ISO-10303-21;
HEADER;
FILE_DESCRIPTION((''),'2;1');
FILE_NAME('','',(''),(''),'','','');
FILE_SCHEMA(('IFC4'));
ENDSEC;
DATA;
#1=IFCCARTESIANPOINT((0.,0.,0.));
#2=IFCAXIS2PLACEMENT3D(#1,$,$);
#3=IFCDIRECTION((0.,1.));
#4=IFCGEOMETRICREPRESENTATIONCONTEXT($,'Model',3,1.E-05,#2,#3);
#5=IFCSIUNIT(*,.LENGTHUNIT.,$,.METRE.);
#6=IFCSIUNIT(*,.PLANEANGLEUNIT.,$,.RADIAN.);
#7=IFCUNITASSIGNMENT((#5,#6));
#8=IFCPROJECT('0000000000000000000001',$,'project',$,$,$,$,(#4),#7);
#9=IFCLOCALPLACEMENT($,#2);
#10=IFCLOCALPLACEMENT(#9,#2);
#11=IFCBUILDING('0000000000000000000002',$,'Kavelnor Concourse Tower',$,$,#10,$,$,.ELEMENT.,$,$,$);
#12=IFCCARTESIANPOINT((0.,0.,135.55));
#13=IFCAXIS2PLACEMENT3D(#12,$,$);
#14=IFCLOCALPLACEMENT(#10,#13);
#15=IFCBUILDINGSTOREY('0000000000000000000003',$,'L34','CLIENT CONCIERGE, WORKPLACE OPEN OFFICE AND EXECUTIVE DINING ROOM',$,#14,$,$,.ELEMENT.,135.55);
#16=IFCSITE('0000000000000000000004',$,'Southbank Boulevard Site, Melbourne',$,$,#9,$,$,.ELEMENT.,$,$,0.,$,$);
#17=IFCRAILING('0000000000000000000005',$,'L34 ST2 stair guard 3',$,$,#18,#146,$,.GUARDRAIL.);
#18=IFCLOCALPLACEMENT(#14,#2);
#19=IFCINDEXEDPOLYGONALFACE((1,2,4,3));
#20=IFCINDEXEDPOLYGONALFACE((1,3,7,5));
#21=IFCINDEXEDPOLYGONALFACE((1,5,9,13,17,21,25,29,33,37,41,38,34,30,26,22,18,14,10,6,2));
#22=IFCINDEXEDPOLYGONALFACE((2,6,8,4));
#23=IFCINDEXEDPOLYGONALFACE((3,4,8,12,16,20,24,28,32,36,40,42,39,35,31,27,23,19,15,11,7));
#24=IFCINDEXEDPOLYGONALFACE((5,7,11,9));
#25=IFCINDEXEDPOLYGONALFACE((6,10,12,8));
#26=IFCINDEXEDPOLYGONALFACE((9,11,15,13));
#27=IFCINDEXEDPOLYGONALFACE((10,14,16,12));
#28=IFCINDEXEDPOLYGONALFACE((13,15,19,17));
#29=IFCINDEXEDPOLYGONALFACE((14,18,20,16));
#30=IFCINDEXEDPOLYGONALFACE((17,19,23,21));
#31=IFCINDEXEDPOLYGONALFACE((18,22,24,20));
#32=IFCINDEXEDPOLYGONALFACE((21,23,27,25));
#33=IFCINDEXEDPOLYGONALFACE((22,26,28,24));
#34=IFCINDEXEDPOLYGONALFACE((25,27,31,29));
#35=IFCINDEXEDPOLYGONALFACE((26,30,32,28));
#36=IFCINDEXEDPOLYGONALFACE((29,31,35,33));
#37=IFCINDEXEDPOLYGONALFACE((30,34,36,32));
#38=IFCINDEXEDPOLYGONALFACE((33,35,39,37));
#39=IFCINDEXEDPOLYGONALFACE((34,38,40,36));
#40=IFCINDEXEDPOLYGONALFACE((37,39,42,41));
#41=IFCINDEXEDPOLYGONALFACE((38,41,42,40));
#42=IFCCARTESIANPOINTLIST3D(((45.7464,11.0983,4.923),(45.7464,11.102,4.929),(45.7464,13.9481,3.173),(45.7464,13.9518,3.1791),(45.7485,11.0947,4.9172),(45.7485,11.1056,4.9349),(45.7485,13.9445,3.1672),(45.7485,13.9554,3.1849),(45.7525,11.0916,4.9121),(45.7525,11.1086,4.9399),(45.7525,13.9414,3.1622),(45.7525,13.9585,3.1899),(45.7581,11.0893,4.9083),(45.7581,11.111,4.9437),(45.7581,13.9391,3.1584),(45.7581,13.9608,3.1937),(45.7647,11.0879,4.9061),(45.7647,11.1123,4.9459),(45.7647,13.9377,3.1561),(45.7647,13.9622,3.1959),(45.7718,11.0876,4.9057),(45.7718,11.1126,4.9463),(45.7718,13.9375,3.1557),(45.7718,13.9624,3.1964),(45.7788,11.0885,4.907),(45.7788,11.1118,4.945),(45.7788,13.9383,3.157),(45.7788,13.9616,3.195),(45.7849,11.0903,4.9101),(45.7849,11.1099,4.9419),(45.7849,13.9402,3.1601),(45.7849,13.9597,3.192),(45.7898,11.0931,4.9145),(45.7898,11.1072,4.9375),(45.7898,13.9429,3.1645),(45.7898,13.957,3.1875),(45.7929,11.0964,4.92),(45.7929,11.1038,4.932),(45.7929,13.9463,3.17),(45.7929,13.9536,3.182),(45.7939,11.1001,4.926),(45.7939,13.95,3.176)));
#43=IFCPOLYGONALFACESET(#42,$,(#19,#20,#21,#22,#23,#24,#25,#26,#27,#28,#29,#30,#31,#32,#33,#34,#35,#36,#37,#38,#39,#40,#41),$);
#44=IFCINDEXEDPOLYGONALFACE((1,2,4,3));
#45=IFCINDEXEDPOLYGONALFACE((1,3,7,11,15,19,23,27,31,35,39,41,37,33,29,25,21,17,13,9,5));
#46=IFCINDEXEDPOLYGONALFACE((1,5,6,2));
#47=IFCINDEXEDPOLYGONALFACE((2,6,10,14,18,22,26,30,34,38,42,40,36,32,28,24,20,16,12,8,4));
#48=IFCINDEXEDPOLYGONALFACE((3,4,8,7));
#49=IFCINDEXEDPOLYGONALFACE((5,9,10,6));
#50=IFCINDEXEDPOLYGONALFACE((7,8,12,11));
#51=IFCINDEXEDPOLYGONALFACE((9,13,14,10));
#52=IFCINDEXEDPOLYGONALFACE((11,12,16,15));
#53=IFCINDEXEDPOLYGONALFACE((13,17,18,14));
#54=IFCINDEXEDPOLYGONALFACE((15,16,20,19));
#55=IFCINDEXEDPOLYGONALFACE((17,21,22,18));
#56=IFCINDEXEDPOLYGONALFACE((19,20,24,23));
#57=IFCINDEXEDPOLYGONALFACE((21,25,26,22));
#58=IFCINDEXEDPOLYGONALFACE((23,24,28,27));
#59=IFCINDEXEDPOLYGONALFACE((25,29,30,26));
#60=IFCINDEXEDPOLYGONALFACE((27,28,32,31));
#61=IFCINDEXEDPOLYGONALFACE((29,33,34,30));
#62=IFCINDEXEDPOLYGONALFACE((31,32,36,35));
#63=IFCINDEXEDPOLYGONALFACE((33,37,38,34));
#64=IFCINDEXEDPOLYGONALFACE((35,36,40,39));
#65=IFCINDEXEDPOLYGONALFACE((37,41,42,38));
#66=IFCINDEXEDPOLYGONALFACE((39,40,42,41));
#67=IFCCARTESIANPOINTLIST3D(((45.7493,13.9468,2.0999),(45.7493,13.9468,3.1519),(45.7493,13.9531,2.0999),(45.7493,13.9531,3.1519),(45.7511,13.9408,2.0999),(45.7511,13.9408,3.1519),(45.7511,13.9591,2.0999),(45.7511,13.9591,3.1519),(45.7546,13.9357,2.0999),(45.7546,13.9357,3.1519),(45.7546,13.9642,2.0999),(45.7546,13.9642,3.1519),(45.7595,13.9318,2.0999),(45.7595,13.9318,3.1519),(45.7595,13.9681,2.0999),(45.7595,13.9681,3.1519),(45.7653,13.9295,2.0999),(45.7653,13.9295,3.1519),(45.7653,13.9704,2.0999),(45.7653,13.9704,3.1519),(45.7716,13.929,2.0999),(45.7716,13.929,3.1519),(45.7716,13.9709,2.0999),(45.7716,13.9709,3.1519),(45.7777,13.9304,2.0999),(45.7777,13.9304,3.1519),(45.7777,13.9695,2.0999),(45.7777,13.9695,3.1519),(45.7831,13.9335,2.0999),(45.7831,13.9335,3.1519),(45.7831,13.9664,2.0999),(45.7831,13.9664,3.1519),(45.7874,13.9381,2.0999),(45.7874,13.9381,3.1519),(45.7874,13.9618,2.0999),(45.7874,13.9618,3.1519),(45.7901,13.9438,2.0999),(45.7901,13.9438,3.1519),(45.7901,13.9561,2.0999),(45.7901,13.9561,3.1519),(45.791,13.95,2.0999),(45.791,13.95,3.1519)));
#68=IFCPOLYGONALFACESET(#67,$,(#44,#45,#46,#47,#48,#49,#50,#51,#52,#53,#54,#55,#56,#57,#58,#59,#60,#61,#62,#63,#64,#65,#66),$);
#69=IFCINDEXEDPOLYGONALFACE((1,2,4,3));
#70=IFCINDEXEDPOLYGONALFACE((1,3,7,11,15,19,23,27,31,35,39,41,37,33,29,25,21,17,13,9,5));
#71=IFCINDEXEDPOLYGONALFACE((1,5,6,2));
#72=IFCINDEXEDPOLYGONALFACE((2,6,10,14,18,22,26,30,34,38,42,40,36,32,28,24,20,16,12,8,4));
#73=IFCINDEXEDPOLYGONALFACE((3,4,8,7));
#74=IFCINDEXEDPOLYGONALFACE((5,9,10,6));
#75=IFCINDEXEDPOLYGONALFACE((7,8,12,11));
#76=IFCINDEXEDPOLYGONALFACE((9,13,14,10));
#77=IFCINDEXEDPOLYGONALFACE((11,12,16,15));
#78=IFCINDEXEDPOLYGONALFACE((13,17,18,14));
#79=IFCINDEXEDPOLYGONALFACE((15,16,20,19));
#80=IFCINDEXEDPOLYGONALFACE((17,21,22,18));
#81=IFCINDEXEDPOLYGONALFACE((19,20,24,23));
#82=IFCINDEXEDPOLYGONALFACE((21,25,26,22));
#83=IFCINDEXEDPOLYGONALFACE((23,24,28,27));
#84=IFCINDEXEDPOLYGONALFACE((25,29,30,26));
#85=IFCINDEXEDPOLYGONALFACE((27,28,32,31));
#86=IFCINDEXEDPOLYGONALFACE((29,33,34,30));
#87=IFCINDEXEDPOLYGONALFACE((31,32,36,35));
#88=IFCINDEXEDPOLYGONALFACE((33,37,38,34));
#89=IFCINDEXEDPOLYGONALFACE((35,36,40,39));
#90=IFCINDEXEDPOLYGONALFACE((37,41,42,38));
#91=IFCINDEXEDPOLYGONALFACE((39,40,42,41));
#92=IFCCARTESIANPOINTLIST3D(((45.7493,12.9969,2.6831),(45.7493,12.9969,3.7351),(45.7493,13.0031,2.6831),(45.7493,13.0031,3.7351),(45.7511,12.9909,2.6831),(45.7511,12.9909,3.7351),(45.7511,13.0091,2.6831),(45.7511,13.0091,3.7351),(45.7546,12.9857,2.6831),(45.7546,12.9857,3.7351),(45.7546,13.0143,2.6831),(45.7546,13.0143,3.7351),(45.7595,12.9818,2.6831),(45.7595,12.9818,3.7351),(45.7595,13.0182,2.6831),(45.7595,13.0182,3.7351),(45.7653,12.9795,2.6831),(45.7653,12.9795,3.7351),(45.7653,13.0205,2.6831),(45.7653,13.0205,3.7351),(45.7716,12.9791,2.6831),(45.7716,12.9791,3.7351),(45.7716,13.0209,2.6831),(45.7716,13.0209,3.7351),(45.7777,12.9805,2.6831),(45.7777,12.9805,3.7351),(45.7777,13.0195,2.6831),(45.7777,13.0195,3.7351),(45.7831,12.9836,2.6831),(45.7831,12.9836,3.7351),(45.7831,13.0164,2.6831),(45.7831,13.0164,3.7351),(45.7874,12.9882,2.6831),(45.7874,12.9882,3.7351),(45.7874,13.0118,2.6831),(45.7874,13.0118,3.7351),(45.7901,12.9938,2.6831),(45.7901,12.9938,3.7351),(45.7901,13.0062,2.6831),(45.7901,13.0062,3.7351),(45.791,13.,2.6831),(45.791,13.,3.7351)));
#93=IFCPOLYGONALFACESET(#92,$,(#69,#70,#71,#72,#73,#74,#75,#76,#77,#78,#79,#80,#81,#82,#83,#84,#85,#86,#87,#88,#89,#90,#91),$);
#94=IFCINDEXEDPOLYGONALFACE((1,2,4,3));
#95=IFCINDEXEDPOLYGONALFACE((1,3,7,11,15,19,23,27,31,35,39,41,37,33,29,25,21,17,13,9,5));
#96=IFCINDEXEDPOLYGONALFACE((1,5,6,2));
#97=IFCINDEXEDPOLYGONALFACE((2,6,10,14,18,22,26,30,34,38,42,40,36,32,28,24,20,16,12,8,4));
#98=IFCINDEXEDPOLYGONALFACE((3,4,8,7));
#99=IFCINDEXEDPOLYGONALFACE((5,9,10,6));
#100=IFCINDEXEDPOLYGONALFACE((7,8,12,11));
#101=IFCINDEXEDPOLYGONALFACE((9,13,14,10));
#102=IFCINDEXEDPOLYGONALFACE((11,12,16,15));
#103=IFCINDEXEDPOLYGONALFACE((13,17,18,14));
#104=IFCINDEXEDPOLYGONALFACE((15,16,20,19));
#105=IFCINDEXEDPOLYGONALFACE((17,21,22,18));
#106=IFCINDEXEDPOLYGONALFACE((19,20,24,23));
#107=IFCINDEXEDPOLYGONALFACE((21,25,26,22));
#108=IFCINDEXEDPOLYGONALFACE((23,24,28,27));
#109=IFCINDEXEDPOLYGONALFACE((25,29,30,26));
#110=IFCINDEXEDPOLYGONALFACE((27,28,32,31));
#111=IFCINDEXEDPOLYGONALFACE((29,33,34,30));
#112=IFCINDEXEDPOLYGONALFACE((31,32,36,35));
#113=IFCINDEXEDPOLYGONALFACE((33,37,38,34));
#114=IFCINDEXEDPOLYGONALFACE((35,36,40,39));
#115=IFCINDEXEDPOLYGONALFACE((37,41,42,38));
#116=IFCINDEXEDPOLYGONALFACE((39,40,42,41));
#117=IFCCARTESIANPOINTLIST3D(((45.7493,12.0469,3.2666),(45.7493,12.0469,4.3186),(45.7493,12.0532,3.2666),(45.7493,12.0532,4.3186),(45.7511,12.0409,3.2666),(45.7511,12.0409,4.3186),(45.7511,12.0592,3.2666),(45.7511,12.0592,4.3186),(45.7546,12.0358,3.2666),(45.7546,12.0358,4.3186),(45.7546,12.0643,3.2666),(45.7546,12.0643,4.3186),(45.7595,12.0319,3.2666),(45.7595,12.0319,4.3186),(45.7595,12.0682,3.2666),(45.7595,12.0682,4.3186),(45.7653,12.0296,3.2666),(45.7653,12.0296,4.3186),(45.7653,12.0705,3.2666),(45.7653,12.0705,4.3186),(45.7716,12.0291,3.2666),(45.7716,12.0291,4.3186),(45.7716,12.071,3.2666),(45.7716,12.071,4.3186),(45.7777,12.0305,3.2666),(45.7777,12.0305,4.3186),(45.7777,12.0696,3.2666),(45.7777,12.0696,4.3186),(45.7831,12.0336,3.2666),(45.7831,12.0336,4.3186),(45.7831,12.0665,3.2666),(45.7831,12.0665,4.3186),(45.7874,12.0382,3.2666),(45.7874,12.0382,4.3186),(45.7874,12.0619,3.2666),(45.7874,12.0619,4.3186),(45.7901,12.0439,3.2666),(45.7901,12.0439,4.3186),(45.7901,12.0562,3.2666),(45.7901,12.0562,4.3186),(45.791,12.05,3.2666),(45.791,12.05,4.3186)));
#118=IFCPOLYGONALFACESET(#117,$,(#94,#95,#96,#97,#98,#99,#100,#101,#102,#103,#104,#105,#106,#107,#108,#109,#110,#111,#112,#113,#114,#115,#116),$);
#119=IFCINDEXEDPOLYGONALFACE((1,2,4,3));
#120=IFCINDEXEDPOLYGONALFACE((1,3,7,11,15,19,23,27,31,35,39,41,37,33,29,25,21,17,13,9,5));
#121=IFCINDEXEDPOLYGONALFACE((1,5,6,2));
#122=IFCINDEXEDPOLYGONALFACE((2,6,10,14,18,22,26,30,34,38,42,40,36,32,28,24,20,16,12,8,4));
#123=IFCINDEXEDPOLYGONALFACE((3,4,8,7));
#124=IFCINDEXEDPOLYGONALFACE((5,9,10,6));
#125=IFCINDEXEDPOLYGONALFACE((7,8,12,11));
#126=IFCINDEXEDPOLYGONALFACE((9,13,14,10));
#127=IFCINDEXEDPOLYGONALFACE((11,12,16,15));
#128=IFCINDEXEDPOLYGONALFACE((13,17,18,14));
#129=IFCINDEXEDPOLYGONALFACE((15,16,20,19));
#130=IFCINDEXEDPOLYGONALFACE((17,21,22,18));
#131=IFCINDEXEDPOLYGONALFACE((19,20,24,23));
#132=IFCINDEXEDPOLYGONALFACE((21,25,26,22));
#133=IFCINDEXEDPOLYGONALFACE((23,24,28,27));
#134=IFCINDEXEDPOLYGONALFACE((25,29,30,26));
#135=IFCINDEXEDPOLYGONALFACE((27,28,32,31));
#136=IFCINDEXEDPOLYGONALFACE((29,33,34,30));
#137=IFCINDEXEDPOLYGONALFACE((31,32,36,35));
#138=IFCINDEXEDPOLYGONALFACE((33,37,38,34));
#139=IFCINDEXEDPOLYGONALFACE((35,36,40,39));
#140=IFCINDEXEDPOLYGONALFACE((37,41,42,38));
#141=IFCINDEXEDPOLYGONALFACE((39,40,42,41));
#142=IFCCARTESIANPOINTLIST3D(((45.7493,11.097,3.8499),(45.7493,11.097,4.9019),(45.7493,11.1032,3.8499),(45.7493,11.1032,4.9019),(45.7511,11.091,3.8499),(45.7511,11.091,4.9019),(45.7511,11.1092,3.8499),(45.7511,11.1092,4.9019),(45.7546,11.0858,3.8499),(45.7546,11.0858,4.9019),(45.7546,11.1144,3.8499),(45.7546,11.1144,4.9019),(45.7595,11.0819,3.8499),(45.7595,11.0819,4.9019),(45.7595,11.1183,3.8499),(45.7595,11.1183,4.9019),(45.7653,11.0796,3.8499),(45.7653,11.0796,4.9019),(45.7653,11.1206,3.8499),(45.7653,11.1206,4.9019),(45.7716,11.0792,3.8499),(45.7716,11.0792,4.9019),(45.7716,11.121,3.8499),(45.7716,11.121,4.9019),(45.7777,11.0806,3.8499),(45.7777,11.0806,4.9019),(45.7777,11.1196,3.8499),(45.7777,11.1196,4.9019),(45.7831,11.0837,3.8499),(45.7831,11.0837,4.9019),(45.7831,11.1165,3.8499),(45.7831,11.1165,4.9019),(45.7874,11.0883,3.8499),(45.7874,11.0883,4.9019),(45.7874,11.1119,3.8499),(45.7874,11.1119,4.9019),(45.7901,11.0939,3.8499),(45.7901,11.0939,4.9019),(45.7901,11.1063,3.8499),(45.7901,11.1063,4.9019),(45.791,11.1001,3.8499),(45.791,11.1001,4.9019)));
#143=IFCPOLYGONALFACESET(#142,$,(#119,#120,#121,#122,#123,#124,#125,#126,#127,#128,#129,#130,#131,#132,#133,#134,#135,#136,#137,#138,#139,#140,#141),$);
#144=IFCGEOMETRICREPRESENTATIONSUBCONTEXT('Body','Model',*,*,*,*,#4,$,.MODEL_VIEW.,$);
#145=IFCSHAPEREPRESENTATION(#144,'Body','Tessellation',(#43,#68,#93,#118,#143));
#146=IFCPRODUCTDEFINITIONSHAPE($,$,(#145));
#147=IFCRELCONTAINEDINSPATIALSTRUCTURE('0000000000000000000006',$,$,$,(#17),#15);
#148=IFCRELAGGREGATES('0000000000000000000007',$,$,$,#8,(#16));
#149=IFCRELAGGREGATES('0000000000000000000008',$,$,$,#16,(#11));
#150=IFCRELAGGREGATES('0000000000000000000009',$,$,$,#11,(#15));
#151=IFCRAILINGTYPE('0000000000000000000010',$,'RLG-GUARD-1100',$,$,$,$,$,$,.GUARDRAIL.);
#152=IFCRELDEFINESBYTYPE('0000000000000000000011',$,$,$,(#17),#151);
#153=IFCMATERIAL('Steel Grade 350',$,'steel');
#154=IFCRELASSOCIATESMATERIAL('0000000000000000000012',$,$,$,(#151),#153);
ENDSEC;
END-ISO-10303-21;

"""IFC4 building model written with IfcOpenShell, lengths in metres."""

from ifc_helpers import new_model, si_unit, direction, frame, origin, origin_2d, place, context, subcontext, project, spatial, circle, extrude, material, type_object, element, save


model = new_model("IFC4")

# Units and contexts
model_context = context("Model", 3, precision=1e-05, world=origin(), true_north=direction((0.0, 1.0)))
body_context = subcontext(model_context, "Body", "Model", "MODEL_VIEW")
ifc_project = project(units=[si_unit("LENGTHUNIT", "METRE"), si_unit("PLANEANGLEUNIT", "RADIAN")], contexts=[model_context])

# Site, building, storey
site_placement = place(None, origin())
site = spatial("IfcSite", under=ifc_project, at=site_placement, Name="Southbank Boulevard Site, Melbourne", CompositionType="ELEMENT", RefElevation=0.0)
building_placement = place(site_placement, origin())
building = spatial("IfcBuilding", under=site, at=building_placement, Name="Kavelnor Concourse Tower", CompositionType="ELEMENT")
storey_placement = place(building_placement, frame((0.0, 0.0, 135.55)))
storey = spatial("IfcBuildingStorey", under=building, at=storey_placement, Name="L34", Description="CLIENT CONCIERGE, WORKPLACE OPEN OFFICE AND EXECUTIVE DINING ROOM", CompositionType="ELEMENT", Elevation=135.55)

# Shared definitions
ifc_material_1 = material(Name="Steel Grade 350", Category="steel")

# Railing
railing_type_1 = type_object("IfcRailingType", Name="RLG-GUARD-1100", PredefinedType="GUARDRAIL", material=ifc_material_1)
railing_1_placement = place(storey_placement, frame((45.77, 13.95, 2.0999)))
element("IfcRailing", 1, at=railing_1_placement, inside=storey, type_object=railing_type_1, Name="L34 ST2 stair guard 3", PredefinedType="GUARDRAIL", context=body_context, shape_type="SweptSolid", body=[
    extrude(circle(Radius=0.0239, at=origin_2d()), frame((0.0, 0.0, 1.0762), z_axis=(0.0, -0.852159, 0.523283), x_axis=(1.0, 0.0, 0.0)), (0.0, 0.0, 1.0), 3.3442),
    extrude(circle(Radius=0.021, at=origin_2d()), origin(), (0.0, 0.0, 1.0), 1.052),
    extrude(circle(Radius=0.021, at=origin_2d()), frame((0.0, -0.95, 0.5833)), (0.0, 0.0, 1.0), 1.052),
    extrude(circle(Radius=0.021, at=origin_2d()), frame((0.0, -1.8999, 1.1667)), (0.0, 0.0, 1.0), 1.052),
    extrude(circle(Radius=0.021, at=origin_2d()), frame((0.0, -2.8499, 1.75)), (0.0, 0.0, 1.0), 1.052),
])

save(model, "model.ifc")
